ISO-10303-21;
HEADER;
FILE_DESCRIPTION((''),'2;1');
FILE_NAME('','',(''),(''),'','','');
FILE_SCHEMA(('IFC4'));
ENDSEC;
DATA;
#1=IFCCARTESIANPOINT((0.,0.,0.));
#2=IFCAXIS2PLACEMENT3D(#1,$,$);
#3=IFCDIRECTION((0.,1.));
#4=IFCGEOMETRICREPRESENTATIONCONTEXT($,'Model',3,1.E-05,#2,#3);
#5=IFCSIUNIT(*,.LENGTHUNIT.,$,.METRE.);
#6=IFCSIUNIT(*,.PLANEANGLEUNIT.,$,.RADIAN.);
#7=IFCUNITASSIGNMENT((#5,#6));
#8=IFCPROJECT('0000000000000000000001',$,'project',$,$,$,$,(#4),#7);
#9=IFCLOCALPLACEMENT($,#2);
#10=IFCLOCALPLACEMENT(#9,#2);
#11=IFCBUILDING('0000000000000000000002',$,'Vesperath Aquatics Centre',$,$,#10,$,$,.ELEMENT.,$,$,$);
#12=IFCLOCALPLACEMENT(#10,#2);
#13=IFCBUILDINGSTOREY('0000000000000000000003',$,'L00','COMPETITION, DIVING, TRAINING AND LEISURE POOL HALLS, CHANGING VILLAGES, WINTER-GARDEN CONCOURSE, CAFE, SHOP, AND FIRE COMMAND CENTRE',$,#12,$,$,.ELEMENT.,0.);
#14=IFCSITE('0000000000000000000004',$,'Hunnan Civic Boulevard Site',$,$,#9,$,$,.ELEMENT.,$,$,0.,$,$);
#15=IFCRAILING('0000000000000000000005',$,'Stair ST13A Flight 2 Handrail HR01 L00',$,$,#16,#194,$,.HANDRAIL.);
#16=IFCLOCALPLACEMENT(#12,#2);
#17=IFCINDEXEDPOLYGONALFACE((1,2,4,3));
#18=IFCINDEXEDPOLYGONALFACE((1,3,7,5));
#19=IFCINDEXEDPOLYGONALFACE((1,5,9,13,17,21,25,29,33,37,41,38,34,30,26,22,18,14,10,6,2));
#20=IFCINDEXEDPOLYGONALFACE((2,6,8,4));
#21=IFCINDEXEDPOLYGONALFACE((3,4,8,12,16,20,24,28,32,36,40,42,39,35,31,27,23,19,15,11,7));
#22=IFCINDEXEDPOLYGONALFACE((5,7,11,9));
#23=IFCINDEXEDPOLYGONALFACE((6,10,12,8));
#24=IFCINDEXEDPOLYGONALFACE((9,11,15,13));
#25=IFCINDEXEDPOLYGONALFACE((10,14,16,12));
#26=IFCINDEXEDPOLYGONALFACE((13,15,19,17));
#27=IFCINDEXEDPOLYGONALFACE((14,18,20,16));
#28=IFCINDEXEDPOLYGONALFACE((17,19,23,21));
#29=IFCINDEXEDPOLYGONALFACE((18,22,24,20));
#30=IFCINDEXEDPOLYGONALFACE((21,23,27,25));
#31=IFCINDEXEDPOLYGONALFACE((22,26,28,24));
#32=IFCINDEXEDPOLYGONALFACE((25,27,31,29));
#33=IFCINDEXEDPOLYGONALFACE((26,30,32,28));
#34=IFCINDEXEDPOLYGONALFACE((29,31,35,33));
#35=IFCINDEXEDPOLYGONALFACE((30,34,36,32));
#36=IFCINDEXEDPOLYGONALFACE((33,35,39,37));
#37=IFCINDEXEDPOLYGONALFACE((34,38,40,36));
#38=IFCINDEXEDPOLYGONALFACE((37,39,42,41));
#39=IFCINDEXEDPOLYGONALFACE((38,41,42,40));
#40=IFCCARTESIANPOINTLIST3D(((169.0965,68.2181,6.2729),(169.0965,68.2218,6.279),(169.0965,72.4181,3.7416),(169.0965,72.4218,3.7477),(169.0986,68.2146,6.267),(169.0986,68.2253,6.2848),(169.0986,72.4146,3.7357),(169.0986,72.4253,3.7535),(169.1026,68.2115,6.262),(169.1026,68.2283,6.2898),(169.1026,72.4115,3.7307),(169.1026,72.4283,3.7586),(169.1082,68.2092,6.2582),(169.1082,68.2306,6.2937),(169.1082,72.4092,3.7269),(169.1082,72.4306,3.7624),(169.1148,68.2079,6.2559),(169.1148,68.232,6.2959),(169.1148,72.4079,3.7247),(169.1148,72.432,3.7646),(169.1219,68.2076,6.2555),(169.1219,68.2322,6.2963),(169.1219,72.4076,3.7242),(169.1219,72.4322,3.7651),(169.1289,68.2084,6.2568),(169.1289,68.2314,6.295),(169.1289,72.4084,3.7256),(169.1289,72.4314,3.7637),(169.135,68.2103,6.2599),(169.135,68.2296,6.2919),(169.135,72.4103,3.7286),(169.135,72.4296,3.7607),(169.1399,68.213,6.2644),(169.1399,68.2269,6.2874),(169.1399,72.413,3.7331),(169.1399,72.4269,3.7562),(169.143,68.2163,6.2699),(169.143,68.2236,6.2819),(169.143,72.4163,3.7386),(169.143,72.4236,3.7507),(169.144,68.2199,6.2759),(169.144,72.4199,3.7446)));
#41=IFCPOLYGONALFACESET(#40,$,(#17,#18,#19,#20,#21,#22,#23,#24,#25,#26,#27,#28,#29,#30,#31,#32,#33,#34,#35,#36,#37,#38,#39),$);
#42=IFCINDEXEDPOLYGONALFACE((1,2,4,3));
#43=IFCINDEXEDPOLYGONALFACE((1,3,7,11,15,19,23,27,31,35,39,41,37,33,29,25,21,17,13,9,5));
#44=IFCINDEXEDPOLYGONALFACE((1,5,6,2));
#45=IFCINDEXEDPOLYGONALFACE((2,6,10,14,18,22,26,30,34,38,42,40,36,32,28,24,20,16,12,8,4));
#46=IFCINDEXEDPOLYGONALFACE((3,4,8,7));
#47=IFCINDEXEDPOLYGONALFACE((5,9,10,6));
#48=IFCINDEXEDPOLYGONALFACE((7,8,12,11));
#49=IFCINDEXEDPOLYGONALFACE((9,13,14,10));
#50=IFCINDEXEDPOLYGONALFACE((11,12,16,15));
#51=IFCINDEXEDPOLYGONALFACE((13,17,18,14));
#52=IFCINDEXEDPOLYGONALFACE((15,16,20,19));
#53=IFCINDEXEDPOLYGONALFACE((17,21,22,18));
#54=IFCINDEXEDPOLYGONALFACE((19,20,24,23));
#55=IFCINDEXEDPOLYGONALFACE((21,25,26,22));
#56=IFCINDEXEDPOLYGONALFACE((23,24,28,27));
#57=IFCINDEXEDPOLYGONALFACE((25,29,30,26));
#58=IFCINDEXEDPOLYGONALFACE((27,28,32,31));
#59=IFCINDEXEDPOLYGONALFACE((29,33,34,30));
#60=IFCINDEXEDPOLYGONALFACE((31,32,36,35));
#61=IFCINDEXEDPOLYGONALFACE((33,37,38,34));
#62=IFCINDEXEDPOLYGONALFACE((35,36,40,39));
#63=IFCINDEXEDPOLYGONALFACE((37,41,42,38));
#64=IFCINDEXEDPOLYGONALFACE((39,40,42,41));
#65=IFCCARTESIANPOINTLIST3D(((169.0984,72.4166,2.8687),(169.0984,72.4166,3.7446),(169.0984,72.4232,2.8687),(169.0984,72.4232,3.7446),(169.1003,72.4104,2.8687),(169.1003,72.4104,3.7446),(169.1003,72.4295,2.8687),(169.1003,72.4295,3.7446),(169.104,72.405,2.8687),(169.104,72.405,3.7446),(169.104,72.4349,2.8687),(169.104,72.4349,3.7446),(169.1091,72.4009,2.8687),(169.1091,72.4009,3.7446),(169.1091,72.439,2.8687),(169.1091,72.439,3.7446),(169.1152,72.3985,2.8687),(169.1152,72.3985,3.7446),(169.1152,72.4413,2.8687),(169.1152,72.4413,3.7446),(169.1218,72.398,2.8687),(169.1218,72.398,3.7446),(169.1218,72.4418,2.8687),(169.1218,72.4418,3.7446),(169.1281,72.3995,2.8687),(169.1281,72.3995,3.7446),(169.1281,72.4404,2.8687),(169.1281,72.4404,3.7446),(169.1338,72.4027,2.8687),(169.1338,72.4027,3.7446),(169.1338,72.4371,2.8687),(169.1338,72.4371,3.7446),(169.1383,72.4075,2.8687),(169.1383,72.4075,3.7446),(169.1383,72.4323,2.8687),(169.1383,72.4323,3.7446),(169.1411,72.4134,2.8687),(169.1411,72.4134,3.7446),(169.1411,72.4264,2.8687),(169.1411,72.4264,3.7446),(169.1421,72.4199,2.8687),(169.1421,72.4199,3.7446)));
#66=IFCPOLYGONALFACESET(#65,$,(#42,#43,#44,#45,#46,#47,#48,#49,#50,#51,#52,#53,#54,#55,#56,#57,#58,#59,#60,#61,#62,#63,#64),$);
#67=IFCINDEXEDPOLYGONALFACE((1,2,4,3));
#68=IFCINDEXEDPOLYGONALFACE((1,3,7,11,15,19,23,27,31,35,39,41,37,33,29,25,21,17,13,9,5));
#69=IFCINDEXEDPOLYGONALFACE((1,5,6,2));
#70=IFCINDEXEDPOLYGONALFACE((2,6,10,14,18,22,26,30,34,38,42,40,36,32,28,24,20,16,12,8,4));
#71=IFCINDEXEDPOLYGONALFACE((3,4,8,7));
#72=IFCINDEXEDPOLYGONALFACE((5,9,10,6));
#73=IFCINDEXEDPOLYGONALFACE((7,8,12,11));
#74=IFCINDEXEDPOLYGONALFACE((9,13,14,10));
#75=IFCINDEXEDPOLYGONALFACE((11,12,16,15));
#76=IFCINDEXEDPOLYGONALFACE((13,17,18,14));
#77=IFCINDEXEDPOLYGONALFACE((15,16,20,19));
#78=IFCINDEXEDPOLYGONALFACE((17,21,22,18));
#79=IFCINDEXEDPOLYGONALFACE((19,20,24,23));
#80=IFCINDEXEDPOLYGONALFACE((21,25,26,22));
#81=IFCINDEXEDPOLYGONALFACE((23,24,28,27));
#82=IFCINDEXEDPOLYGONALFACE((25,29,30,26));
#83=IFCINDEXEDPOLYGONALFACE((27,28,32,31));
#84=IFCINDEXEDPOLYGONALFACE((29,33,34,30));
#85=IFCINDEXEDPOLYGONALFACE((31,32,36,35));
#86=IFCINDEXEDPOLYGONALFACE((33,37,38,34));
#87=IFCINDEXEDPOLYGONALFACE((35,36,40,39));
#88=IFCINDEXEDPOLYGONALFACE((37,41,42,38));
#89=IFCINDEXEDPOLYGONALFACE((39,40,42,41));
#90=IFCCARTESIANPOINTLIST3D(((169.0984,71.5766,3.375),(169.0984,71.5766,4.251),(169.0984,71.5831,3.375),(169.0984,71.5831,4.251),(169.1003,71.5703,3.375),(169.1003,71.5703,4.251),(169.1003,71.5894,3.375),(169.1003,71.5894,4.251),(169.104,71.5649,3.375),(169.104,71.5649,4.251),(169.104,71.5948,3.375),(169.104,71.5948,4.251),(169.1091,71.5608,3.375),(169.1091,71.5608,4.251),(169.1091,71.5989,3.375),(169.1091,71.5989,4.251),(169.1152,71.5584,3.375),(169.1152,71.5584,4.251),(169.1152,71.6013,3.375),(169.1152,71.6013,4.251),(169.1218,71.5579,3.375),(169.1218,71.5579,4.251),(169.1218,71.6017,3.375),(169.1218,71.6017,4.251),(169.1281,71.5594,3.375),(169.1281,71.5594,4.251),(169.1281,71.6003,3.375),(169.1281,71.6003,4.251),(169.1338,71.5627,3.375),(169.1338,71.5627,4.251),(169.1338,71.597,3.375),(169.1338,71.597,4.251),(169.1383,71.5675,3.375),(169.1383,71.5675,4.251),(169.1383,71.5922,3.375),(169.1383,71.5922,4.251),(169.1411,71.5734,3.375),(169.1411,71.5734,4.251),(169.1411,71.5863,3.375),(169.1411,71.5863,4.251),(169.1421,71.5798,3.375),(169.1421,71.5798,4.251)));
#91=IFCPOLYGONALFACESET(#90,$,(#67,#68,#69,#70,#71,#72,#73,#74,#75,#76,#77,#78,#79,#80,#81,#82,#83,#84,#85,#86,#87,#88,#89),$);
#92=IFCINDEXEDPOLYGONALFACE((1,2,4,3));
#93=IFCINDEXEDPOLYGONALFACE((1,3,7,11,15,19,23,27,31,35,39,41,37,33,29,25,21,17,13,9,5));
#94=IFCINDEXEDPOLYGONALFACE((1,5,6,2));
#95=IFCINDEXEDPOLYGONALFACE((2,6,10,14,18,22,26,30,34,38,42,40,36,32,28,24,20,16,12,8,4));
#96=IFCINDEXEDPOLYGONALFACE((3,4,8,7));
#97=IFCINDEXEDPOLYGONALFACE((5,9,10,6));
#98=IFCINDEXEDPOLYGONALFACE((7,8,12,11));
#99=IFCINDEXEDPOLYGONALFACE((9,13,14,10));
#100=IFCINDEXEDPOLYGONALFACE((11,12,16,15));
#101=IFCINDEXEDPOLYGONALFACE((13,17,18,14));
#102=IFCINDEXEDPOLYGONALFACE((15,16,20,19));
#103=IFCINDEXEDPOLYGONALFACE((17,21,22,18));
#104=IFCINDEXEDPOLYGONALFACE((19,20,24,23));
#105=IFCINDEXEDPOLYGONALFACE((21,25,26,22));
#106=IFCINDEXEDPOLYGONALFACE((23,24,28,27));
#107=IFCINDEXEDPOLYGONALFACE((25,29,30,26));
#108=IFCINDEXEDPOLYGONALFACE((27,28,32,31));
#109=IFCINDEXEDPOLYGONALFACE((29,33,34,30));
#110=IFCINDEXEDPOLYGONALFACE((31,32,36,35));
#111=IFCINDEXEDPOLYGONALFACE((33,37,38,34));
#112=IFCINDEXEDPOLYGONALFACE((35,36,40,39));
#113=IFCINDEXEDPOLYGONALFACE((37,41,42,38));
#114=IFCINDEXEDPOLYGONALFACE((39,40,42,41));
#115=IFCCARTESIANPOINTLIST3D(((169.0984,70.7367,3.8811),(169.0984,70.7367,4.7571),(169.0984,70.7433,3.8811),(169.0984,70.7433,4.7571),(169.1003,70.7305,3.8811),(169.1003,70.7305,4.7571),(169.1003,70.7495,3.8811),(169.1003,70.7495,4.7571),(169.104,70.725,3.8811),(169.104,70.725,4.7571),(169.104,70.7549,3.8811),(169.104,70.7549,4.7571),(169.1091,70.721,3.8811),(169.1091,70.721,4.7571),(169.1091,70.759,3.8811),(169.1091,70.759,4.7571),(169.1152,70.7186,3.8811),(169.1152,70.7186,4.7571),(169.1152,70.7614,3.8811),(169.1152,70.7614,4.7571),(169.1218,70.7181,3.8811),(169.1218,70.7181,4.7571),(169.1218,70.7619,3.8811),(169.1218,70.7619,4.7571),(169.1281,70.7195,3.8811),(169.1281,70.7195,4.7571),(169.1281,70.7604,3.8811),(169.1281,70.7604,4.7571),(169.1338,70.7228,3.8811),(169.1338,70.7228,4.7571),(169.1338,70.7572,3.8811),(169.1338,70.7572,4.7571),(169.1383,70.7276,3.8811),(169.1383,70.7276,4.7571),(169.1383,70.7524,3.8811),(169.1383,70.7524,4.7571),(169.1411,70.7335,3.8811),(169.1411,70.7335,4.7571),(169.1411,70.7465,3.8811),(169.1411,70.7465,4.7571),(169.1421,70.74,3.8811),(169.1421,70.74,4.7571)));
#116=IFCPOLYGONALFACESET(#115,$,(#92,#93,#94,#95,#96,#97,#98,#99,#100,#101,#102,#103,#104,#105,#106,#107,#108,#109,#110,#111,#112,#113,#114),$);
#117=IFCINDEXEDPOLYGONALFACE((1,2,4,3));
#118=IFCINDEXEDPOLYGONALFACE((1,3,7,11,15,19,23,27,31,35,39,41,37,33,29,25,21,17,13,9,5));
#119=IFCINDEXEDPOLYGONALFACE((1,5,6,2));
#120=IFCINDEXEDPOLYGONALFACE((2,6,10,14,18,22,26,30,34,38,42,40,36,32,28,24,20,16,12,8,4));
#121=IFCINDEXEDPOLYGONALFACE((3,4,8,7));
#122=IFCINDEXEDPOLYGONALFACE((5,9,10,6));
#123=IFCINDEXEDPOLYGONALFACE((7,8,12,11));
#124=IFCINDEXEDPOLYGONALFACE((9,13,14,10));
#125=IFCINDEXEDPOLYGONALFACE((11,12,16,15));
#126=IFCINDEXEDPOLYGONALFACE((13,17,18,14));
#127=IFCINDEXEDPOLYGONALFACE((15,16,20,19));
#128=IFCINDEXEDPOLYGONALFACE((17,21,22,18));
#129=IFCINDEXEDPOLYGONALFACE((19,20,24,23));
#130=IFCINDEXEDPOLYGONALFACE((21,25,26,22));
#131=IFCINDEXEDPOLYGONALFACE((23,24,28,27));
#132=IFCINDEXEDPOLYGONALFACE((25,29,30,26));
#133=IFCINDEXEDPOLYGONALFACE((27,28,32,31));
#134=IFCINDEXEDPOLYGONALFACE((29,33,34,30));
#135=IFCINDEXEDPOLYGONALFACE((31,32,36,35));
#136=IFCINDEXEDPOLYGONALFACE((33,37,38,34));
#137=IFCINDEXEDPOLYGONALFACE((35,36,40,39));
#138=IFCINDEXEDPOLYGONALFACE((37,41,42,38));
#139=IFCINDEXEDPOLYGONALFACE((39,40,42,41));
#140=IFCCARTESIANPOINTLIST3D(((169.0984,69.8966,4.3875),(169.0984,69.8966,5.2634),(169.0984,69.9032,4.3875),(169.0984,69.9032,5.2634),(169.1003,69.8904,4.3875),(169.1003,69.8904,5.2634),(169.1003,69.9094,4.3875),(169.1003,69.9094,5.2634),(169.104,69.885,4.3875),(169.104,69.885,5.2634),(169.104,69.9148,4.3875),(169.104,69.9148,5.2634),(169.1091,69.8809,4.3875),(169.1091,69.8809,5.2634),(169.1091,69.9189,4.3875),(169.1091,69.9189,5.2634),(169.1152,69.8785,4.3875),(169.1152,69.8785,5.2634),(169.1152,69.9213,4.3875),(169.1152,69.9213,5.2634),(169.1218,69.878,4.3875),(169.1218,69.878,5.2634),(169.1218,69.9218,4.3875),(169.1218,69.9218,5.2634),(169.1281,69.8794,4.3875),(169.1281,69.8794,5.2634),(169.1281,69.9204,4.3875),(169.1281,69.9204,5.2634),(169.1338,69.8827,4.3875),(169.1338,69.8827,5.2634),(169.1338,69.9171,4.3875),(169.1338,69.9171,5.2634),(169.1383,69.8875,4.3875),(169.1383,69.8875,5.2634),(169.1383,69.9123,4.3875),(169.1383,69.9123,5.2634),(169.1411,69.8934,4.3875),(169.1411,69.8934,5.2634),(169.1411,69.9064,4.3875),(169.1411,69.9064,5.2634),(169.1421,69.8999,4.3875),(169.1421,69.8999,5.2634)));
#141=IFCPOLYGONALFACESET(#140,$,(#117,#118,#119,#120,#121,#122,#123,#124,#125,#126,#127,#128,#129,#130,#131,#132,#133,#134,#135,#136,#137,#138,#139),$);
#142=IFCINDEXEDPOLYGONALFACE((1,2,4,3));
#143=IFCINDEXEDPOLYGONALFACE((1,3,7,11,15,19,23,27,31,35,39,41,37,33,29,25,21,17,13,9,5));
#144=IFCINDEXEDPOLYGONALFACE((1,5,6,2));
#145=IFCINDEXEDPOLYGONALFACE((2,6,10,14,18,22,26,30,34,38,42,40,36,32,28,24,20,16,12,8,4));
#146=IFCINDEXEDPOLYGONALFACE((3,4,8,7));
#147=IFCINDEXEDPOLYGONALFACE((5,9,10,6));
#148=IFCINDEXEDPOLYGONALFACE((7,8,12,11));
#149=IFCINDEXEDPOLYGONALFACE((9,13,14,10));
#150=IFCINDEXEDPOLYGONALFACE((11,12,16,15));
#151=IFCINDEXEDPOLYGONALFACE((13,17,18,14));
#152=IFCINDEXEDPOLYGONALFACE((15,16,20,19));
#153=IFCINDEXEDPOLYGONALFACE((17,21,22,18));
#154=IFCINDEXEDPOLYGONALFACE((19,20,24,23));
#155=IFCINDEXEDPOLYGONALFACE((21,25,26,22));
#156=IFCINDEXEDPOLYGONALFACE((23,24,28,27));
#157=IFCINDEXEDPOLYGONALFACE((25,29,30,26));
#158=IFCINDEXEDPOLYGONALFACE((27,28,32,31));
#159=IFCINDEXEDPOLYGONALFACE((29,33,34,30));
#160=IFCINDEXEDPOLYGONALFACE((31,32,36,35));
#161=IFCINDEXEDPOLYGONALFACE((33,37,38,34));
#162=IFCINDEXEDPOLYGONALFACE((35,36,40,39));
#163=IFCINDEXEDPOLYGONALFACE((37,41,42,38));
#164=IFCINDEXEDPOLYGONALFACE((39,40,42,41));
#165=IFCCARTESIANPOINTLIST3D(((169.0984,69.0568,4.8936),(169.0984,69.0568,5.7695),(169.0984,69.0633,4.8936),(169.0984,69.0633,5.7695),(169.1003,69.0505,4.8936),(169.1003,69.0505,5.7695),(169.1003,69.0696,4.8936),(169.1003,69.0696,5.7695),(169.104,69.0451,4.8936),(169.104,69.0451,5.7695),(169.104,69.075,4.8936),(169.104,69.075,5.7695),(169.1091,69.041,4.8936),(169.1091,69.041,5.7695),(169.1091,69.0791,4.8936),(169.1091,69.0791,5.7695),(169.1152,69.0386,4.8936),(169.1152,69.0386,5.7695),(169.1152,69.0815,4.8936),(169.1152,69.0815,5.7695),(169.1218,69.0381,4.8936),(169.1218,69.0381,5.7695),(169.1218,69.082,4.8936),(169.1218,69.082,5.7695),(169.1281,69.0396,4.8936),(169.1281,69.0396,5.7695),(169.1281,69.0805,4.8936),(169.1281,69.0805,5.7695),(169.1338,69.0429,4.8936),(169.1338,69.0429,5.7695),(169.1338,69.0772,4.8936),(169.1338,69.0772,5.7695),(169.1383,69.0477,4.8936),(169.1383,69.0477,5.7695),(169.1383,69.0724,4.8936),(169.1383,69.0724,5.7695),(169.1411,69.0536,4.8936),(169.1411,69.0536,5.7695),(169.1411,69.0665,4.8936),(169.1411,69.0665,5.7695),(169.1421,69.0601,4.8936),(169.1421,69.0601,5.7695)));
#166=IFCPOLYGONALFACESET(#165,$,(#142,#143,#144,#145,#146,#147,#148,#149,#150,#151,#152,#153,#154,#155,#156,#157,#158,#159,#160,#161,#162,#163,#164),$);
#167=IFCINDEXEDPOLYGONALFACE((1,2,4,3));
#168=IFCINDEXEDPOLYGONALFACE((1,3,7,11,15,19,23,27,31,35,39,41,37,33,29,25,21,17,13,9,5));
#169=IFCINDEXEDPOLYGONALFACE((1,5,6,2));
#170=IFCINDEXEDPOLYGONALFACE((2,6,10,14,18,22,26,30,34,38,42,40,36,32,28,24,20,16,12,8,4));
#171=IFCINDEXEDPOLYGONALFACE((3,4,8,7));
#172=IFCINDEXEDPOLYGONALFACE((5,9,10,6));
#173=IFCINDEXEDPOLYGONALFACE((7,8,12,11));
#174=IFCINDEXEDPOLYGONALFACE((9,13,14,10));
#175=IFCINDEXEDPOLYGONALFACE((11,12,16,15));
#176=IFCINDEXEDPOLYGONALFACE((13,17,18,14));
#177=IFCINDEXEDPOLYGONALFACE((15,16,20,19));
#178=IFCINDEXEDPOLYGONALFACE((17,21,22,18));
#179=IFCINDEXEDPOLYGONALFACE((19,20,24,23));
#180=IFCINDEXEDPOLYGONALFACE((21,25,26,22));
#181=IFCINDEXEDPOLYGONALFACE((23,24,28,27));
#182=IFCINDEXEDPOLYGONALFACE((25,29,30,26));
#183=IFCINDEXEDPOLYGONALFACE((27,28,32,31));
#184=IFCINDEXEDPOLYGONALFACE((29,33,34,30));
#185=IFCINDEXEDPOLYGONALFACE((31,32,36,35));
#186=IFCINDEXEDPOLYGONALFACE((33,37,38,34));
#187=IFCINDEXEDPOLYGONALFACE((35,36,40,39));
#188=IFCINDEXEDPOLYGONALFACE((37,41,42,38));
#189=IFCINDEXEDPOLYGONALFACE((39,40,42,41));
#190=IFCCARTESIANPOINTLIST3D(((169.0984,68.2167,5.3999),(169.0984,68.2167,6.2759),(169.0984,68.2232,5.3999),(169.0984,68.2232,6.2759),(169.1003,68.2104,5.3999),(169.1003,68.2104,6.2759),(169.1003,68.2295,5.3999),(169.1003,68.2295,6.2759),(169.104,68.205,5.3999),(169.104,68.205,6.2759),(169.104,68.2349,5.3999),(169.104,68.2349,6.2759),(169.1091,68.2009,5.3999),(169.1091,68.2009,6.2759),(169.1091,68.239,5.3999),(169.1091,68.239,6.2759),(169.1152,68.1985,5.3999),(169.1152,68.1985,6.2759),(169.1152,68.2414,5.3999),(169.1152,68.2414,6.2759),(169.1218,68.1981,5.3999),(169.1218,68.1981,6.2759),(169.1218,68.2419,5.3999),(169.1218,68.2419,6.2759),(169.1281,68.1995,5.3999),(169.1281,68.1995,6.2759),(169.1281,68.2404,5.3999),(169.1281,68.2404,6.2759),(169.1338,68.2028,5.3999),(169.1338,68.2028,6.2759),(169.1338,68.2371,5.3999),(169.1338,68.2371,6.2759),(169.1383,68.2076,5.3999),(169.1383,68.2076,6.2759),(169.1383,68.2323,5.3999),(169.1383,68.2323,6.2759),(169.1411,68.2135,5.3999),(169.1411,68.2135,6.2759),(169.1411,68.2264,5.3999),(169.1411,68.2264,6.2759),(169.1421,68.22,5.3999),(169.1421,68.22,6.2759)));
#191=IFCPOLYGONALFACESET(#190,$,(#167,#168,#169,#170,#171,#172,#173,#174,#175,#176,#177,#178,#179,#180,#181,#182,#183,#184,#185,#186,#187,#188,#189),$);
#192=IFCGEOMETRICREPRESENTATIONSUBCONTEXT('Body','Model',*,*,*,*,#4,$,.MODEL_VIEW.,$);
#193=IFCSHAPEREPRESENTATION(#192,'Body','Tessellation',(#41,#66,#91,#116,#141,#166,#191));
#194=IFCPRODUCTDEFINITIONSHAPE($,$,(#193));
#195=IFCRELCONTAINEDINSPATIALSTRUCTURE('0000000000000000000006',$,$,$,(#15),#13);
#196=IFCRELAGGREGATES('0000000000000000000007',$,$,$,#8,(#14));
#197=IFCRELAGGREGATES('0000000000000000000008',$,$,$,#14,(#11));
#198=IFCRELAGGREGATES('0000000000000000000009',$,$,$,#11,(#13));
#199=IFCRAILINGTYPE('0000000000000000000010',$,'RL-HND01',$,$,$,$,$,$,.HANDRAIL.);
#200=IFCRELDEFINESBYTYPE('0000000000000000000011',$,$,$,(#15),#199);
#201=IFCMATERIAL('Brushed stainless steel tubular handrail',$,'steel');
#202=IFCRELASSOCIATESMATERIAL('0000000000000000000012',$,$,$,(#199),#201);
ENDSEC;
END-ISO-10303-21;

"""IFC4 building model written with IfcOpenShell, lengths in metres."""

from ifc_helpers import new_model, si_unit, direction, frame, origin, origin_2d, place, context, subcontext, project, spatial, circle, extrude, material, type_object, element, save


model = new_model("IFC4")

# Units and contexts
model_context = context("Model", 3, precision=1e-05, world=origin(), true_north=direction((0.0, 1.0)))
body_context = subcontext(model_context, "Body", "Model", "MODEL_VIEW")
ifc_project = project(units=[si_unit("LENGTHUNIT", "METRE"), si_unit("PLANEANGLEUNIT", "RADIAN")], contexts=[model_context])

# Site, building, storey
site_placement = place(None, origin())
site = spatial("IfcSite", under=ifc_project, at=site_placement, Name="Hunnan Civic Boulevard Site", CompositionType="ELEMENT", RefElevation=0.0)
building_placement = place(site_placement, origin())
building = spatial("IfcBuilding", under=site, at=building_placement, Name="Vesperath Aquatics Centre", CompositionType="ELEMENT")
storey_placement = place(building_placement, origin())
storey = spatial("IfcBuildingStorey", under=building, at=storey_placement, Name="L00", Description="COMPETITION, DIVING, TRAINING AND LEISURE POOL HALLS, CHANGING VILLAGES, WINTER-GARDEN CONCOURSE, CAFE, SHOP, AND FIRE COMMAND CENTRE", CompositionType="ELEMENT", Elevation=0.0)

# Railing
ifc_material_1 = material(Name="Brushed stainless steel tubular handrail", Category="steel")
railing_type_1 = type_object("IfcRailingType", Name="RL-HND01", PredefinedType="HANDRAIL", material=ifc_material_1)
railing_1_placement = place(storey_placement, frame((169.1201, 72.4199, 2.8687)))
element("IfcRailing", 1, at=railing_1_placement, inside=storey, type_object=railing_type_1, Name="Stair ST13A Flight 2 Handrail HR01 L00", PredefinedType="HANDRAIL", context=body_context, shape_type="SweptSolid", body=[
    extrude(circle(Radius=0.0239, at=origin_2d()), frame((0.0, 0.0, 0.876), z_axis=(0.0, -0.856476, 0.516186), x_axis=(1.0, 0.0, 0.0)), (0.0, 0.0, 1.0), 4.9038),
    extrude(circle(Radius=0.022, at=origin_2d()), origin(), (0.0, 0.0, 1.0), 0.876),
    extrude(circle(Radius=0.022, at=origin_2d()), frame((0.0, -0.8401, 0.5063)), (0.0, 0.0, 1.0), 0.876),
    extrude(circle(Radius=0.022, at=origin_2d()), frame((0.0, -1.6799, 1.0125)), (0.0, 0.0, 1.0), 0.876),
    extrude(circle(Radius=0.022, at=origin_2d()), frame((0.0, -2.52, 1.5188)), (0.0, 0.0, 1.0), 0.876),
    extrude(circle(Radius=0.022, at=origin_2d()), frame((0.0, -3.3599, 2.0249)), (0.0, 0.0, 1.0), 0.876),
    extrude(circle(Radius=0.022, at=origin_2d()), frame((0.0, -4.2, 2.5312)), (0.0, 0.0, 1.0), 0.876),
])

save(model, "model.ifc")
